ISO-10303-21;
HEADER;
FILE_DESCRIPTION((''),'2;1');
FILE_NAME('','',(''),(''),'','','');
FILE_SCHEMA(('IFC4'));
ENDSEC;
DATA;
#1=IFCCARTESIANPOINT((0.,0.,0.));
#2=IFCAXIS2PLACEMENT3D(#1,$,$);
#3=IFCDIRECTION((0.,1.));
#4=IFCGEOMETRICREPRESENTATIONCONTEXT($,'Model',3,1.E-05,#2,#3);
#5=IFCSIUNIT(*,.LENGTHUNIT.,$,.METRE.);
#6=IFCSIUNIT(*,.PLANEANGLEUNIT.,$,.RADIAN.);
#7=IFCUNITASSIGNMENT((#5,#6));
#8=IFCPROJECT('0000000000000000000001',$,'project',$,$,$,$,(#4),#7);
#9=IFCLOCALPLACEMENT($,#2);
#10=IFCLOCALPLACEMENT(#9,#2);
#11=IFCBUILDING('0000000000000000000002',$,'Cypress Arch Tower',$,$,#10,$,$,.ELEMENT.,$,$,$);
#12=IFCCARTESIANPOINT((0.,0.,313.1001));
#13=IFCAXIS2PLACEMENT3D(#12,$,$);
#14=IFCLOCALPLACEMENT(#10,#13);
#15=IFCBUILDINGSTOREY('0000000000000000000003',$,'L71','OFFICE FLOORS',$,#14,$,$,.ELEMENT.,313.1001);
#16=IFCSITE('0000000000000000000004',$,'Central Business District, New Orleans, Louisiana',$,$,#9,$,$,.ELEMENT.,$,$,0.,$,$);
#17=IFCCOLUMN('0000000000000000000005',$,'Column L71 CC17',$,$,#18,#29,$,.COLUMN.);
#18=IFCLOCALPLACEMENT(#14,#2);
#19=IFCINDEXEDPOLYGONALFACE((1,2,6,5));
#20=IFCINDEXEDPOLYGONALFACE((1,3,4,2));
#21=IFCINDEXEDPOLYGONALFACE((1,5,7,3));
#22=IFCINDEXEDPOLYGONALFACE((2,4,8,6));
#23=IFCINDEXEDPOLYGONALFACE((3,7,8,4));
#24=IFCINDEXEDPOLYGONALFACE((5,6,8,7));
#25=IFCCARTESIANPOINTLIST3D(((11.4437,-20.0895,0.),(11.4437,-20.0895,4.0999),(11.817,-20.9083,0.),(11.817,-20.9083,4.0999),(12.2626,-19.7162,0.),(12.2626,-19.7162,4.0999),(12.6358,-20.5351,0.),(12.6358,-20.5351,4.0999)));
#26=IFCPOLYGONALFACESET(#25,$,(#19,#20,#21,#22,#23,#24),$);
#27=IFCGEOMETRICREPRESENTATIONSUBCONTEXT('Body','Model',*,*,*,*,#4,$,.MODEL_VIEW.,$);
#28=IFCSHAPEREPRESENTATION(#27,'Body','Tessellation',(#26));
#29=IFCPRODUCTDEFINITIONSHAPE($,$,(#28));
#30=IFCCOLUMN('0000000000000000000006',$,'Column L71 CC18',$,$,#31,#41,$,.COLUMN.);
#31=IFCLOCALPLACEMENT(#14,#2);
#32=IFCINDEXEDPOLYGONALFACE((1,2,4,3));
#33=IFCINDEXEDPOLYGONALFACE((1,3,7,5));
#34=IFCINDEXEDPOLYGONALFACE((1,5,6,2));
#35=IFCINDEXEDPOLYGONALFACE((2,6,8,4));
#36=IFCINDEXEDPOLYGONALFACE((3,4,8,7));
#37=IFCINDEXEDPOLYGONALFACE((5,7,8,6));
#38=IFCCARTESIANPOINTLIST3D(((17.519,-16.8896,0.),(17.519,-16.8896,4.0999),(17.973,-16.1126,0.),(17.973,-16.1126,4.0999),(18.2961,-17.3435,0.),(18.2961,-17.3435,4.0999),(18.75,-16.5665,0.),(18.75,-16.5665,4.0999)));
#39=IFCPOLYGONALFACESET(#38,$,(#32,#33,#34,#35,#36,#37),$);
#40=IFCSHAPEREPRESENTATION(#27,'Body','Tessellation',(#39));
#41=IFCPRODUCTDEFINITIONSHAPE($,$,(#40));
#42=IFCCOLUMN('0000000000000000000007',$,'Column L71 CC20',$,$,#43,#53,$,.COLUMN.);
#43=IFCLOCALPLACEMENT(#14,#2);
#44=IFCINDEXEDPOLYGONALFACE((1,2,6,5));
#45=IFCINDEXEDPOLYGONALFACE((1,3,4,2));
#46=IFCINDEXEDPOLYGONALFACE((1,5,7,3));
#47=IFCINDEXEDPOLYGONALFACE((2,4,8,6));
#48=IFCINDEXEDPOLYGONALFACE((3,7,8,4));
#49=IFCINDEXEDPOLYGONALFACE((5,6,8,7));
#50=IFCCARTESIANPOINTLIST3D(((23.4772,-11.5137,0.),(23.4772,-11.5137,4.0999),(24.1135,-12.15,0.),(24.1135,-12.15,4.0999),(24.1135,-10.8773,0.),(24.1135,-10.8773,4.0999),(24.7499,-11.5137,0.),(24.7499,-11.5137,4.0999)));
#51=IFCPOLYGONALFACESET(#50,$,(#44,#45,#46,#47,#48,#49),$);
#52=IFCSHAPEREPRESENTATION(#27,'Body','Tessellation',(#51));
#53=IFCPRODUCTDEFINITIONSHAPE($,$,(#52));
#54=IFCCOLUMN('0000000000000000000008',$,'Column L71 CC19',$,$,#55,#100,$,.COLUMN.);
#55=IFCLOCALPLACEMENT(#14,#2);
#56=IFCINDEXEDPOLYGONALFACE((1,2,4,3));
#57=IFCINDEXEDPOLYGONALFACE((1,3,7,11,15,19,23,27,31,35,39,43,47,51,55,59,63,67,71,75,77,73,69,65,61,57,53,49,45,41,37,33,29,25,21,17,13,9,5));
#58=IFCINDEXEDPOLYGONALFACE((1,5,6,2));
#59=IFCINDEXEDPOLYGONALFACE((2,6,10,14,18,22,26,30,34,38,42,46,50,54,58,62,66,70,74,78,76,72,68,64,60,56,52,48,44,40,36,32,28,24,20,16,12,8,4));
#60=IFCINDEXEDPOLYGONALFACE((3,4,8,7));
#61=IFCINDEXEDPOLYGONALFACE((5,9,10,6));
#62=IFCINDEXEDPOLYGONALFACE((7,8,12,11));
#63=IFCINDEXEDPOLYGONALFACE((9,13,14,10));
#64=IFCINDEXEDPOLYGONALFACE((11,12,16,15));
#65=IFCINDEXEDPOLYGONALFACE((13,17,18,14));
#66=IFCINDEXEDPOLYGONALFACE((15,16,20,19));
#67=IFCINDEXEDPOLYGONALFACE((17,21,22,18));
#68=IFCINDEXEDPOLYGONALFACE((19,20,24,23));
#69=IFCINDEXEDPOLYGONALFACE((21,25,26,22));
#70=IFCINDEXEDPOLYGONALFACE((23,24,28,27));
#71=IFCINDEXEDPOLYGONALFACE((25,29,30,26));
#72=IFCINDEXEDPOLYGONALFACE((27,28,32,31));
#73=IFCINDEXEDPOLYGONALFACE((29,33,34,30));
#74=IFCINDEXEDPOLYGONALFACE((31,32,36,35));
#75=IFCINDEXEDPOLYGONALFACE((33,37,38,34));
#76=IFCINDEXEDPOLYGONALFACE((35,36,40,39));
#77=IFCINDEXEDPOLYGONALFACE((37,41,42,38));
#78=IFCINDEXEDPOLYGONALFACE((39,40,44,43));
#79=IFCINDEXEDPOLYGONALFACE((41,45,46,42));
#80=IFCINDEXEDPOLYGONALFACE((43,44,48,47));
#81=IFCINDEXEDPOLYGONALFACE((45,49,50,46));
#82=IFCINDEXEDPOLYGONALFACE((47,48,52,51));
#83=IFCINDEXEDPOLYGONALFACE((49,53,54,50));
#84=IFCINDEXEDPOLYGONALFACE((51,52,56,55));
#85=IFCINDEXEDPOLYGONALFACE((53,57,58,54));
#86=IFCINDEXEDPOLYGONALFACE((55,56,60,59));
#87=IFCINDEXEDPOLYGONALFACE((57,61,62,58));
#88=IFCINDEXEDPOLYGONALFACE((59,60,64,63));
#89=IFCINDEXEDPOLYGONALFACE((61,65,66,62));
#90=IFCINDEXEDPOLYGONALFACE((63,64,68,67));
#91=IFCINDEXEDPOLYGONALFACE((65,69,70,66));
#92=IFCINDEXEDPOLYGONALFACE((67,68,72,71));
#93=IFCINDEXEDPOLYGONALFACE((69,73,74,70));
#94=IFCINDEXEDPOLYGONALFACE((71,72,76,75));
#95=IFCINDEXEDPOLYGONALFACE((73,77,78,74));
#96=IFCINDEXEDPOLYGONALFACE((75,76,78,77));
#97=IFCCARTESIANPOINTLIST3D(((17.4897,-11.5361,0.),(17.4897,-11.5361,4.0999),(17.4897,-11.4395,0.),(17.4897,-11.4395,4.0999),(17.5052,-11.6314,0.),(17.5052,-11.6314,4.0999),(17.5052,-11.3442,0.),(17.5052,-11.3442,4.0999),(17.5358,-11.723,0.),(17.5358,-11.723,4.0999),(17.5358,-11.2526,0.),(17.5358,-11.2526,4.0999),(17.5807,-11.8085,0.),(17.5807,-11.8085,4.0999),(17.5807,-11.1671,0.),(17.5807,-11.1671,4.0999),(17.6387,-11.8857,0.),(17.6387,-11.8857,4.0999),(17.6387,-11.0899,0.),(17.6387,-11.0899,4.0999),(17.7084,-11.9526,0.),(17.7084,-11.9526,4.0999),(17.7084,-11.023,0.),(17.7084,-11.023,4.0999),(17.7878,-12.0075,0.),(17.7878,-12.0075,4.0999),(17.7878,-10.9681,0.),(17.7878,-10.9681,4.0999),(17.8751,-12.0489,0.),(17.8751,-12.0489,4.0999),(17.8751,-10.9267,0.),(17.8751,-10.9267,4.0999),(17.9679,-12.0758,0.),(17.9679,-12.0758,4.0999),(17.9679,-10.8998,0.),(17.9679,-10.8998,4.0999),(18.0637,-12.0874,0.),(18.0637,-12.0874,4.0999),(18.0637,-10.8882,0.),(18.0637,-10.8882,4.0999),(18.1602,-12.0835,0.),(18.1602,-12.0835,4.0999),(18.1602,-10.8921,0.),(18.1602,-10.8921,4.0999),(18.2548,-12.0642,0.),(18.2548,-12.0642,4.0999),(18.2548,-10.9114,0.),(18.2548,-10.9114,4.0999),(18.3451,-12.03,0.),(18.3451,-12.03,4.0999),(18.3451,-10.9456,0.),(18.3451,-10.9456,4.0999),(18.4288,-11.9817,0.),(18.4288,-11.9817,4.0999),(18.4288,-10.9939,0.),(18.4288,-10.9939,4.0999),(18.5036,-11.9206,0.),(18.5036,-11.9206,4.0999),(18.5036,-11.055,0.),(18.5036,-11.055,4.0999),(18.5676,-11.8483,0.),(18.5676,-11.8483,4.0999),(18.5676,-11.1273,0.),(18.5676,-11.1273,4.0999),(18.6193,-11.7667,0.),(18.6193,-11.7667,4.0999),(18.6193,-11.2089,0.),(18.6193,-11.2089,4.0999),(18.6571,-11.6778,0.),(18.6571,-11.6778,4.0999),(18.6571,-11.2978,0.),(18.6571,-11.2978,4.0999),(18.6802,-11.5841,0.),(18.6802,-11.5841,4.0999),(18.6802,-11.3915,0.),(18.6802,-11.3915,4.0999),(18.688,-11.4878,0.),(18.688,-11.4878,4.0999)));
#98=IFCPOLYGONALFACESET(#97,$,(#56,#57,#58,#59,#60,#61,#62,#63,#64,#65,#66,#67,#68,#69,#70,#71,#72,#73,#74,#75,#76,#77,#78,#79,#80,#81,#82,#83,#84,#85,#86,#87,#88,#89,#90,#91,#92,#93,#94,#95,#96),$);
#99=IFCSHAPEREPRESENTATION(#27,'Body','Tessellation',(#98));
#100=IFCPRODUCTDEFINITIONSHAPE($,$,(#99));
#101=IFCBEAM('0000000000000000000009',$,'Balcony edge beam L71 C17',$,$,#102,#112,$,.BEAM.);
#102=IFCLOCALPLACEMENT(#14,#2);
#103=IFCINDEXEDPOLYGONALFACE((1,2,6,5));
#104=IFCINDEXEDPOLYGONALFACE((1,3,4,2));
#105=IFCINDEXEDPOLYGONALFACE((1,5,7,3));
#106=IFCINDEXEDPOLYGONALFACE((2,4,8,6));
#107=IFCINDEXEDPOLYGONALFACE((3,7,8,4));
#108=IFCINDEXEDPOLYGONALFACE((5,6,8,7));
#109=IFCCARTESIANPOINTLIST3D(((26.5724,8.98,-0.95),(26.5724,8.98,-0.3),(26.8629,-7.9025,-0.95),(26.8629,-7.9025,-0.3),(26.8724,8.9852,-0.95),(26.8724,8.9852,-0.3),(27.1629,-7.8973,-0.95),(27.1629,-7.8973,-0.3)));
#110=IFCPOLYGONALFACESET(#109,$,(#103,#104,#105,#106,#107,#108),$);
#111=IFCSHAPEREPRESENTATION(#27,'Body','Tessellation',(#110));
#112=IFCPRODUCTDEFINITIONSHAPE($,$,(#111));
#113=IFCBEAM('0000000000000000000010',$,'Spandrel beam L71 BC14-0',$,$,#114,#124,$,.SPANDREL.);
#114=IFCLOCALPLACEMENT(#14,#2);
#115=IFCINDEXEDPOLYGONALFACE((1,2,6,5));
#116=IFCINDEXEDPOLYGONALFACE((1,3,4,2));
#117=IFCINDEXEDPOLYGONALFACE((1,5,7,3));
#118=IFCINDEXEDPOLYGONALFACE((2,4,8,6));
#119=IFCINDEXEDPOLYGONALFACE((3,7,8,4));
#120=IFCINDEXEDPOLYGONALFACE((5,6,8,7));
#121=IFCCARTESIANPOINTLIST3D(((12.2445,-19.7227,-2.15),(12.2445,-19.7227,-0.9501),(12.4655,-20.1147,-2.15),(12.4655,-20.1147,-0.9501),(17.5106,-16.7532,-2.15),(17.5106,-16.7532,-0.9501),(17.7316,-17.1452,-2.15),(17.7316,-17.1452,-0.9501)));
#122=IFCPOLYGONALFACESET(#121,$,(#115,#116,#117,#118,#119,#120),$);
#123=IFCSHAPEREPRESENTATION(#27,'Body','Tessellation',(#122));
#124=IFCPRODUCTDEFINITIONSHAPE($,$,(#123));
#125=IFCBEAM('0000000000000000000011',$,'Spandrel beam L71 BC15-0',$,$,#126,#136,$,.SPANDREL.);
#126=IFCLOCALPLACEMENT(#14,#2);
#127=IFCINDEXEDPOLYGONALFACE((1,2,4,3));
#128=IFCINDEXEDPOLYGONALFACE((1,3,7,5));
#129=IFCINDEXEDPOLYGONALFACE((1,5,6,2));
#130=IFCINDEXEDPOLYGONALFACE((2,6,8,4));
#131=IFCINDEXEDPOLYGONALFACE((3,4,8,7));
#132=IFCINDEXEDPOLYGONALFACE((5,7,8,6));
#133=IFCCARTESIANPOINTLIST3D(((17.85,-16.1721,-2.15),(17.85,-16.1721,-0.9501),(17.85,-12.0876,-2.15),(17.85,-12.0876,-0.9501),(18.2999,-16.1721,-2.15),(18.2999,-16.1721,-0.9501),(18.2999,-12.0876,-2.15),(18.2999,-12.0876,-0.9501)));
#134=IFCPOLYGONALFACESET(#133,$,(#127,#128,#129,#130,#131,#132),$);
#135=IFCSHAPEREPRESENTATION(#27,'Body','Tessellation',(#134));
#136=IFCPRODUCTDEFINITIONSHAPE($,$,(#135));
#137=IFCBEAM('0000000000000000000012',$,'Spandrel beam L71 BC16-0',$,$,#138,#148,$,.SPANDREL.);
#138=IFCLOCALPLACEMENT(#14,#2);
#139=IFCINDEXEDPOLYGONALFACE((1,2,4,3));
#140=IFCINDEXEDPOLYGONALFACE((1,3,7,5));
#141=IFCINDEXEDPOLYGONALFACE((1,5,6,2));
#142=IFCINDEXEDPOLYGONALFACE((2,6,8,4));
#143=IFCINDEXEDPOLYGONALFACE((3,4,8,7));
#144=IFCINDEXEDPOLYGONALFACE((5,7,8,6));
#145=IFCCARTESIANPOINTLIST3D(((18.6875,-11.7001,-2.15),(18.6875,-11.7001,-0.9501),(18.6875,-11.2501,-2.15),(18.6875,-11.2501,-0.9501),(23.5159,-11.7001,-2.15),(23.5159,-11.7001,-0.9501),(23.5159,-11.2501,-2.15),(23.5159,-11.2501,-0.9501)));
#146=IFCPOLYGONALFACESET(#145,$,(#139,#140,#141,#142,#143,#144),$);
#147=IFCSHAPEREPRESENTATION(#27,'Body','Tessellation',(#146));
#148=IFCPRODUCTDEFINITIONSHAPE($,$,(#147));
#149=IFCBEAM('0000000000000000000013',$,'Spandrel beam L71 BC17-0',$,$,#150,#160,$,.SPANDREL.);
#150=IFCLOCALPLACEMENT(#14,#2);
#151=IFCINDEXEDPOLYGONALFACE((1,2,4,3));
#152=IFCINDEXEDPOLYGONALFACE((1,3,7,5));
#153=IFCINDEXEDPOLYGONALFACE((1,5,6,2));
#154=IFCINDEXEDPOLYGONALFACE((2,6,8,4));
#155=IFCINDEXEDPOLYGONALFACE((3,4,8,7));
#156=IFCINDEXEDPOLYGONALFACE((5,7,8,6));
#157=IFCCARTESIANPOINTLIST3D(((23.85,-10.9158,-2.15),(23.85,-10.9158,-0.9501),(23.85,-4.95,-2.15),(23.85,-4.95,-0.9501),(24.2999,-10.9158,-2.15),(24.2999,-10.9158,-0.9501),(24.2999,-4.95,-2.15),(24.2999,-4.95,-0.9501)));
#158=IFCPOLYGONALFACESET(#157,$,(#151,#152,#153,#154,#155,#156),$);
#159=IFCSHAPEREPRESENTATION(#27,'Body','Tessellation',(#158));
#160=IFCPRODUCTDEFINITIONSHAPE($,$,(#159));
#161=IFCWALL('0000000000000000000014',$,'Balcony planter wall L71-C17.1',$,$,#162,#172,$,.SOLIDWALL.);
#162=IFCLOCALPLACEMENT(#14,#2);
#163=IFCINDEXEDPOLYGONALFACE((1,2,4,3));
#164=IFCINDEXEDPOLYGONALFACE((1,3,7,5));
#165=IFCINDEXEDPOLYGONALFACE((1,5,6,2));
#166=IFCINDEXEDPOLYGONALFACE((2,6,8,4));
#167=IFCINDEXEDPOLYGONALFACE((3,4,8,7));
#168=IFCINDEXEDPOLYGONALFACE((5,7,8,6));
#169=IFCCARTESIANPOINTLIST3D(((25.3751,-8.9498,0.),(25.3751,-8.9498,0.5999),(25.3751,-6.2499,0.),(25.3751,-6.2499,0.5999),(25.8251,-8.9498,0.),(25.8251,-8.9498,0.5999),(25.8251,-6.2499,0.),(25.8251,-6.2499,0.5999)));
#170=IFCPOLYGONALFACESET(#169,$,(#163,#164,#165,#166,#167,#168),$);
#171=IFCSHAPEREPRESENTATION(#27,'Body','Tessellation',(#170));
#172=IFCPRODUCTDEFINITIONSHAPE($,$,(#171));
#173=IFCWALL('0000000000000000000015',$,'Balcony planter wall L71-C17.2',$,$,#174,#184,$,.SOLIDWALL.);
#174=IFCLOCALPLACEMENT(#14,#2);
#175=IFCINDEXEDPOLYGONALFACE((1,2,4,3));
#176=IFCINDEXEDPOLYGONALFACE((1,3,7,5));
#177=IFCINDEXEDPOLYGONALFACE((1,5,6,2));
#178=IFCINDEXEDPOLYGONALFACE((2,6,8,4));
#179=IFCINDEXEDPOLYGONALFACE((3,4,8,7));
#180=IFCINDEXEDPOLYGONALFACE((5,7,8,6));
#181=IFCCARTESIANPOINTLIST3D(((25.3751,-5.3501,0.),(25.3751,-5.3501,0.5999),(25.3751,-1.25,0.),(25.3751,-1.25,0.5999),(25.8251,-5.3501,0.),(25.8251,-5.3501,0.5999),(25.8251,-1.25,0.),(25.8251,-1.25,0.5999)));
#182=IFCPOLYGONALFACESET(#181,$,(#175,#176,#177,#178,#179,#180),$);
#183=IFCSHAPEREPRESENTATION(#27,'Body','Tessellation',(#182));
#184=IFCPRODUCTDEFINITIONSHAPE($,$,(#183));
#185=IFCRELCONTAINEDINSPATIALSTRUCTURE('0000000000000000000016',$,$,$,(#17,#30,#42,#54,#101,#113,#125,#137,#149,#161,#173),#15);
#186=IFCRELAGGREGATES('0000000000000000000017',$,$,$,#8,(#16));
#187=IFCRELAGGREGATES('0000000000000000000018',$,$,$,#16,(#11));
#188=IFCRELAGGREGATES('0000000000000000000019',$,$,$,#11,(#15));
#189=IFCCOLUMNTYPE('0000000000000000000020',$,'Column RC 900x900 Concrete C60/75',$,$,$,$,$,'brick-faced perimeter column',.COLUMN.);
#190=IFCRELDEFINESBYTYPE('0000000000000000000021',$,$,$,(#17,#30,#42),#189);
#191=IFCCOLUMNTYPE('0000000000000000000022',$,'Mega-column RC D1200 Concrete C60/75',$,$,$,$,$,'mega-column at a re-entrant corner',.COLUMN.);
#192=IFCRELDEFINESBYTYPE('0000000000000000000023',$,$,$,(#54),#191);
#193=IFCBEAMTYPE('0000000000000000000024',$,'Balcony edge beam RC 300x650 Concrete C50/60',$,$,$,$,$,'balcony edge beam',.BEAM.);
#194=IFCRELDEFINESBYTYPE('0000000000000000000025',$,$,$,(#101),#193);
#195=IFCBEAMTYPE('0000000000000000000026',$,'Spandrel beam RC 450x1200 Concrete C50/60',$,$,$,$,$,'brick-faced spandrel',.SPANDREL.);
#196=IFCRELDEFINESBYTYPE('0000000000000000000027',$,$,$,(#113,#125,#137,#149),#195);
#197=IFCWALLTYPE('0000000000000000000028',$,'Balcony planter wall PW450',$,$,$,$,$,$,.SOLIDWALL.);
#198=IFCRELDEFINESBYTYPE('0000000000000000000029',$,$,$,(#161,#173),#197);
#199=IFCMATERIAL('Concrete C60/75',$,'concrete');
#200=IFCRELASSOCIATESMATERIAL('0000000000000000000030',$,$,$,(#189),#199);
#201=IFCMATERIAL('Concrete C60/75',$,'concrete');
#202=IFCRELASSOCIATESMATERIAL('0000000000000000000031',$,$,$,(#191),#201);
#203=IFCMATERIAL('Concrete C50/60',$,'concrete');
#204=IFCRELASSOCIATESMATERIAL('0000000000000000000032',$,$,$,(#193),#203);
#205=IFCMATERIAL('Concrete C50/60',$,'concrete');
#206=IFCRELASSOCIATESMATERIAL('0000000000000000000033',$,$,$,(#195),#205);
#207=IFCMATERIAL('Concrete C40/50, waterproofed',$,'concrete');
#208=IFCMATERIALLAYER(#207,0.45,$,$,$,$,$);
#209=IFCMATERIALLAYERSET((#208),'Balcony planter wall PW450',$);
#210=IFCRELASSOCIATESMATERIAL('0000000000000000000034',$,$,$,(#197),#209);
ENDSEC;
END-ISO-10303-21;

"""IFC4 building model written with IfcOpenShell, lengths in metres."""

from ifc_helpers import new_model, si_unit, direction, frame, frame_2d, origin, origin_2d, place, context, subcontext, project, spatial, rectangle, circle, extrude, material, layer, layer_set, material_profile, profile_set, type_object, element, save


model = new_model("IFC4")

# Units and contexts
model_context = context("Model", 3, precision=1e-05, world=origin(), true_north=direction((0.0, 1.0)))
body_context = subcontext(model_context, "Body", "Model", "MODEL_VIEW")
ifc_project = project(units=[si_unit("LENGTHUNIT", "METRE"), si_unit("PLANEANGLEUNIT", "RADIAN")], contexts=[model_context])

# Site, building, storey
site_placement = place(None, origin())
site = spatial("IfcSite", under=ifc_project, at=site_placement, Name="Central Business District, New Orleans, Louisiana", CompositionType="ELEMENT", RefElevation=0.0)
building_placement = place(site_placement, origin())
building = spatial("IfcBuilding", under=site, at=building_placement, Name="Cypress Arch Tower", CompositionType="ELEMENT")
storey_placement = place(building_placement, frame((0.0, 0.0, 313.1001)))
storey = spatial("IfcBuildingStorey", under=building, at=storey_placement, Name="L71", Description="OFFICE FLOORS", CompositionType="ELEMENT", Elevation=313.1001)

# Columns
ifc_material_1 = material(Name="Concrete C60/75", Category="concrete")
ifc_material_profile_1 = material_profile(ifc_material_1, rectangle(XDim=0.8999, YDim=0.8999, at=origin_2d()), Name="RC 900x900")
ifc_profile_set_1 = profile_set([ifc_material_profile_1], Name="Concrete C60/75")
column_type_1 = type_object("IfcColumnType", Name="Column RC 900x900 Concrete C60/75", ElementType="brick-faced perimeter column", PredefinedType="COLUMN", material=ifc_profile_set_1)
for number, where, z_axis, x_axis, name in (
    (1, (12.0398, -20.3123, 0.0), (0.0, 0.0, 1.0), (0.909932, 0.414757, 0.0), "Column L71 CC17"),
    (2, (18.1345, -16.728, 0.0), (0.0, 0.0, 1.0), (0.504399, 0.863471, 0.0), "Column L71 CC18"),
    (3, (24.1135, -11.5137, 0.0), (0.0, 0.0, 1.0), (0.707107, 0.707107, 0.0), "Column L71 CC20"),
):
    element("IfcColumn", number, at=place(storey_placement, frame(where, z_axis=z_axis, x_axis=x_axis)), inside=storey, type_object=column_type_1, Name=name, PredefinedType="COLUMN", context=body_context, shape_type="SweptSolid", body=[
        extrude(rectangle(XDim=0.8999, YDim=0.8999, at=origin_2d()), origin(), (0.0, 0.0, 1.0), 4.0999),
    ])
ifc_material_2 = material(Name="Concrete C60/75", Category="concrete")
ifc_material_profile_2 = material_profile(ifc_material_2, circle(Radius=0.6001, at=origin_2d()), Name="RC D1200")
ifc_profile_set_2 = profile_set([ifc_material_profile_2], Name="Concrete C60/75")
column_type_2 = type_object("IfcColumnType", Name="Mega-column RC D1200 Concrete C60/75", ElementType="mega-column at a re-entrant corner", PredefinedType="COLUMN", material=ifc_profile_set_2)
column_placement = place(storey_placement, frame((18.0879, -11.4878, 0.0), z_axis=(0.0, 0.0, 1.0), x_axis=(1.0, 0.0, 0.0)))
element("IfcColumn", 4, at=column_placement, inside=storey, type_object=column_type_2, Name="Column L71 CC19", PredefinedType="COLUMN", context=body_context, shape_type="SweptSolid", body=[
    extrude(circle(Radius=0.6001, at=origin_2d()), origin(), (0.0, 0.0, 1.0), 4.0999),
])

# Beams
ifc_material_3 = material(Name="Concrete C50/60", Category="concrete")
ifc_material_profile_3 = material_profile(ifc_material_3, rectangle(XDim=0.3, YDim=0.6499, at=origin_2d()), Name="RC 300x650")
ifc_profile_set_3 = profile_set([ifc_material_profile_3], Name="Concrete C50/60")
beam_type_1 = type_object("IfcBeamType", Name="Balcony edge beam RC 300x650 Concrete C50/60", ElementType="balcony edge beam", PredefinedType="BEAM", material=ifc_profile_set_3)
beam_1_placement = place(storey_placement, frame((27.0129, -7.8999, -0.625), z_axis=(-0.017206, 0.999852, 0.0), x_axis=(-0.999852, -0.017206, 0.0)))
element("IfcBeam", 5, at=beam_1_placement, inside=storey, type_object=beam_type_1, Name="Balcony edge beam L71 C17", PredefinedType="BEAM", context=body_context, shape_type="SweptSolid", body=[
    extrude(rectangle(XDim=0.3, YDim=0.6499, at=origin_2d()), origin(), (0.0, 0.0, 1.0), 16.885),
])
ifc_material_4 = material(Name="Concrete C50/60", Category="concrete")
ifc_material_profile_4 = material_profile(ifc_material_4, rectangle(XDim=0.45, YDim=1.2, at=origin_2d()), Name="RC 450x1200")
ifc_profile_set_4 = profile_set([ifc_material_profile_4], Name="Concrete C50/60")
beam_type_2 = type_object("IfcBeamType", Name="Spandrel beam RC 450x1200 Concrete C50/60", ElementType="brick-faced spandrel", PredefinedType="SPANDREL", material=ifc_profile_set_4)
beam_2_placement = place(storey_placement, frame((12.355, -19.9187, -1.55), z_axis=(0.87106, 0.491177, 0.0), x_axis=(-0.491177, 0.87106, 0.0)))
element("IfcBeam", 6, at=beam_2_placement, inside=storey, type_object=beam_type_2, Name="Spandrel beam L71 BC14-0", PredefinedType="SPANDREL", context=body_context, shape_type="SweptSolid", body=[
    extrude(rectangle(XDim=0.45, YDim=1.2, at=origin_2d()), origin(), (0.0, 0.0, 1.0), 6.0457),
])
beam_3_placement = place(storey_placement, frame((18.075, -16.1721, -1.55), z_axis=(0.0, 1.0, 0.0), x_axis=(-1.0, 0.0, 0.0)))
element("IfcBeam", 7, at=beam_3_placement, inside=storey, type_object=beam_type_2, Name="Spandrel beam L71 BC15-0", PredefinedType="SPANDREL", context=body_context, shape_type="SweptSolid", body=[
    extrude(rectangle(XDim=0.45, YDim=1.2, at=origin_2d()), origin(), (0.0, 0.0, 1.0), 4.0845),
])
beam_4_placement = place(storey_placement, frame((18.6875, -11.4751, -1.55), z_axis=(1.0, 0.0, 0.0), x_axis=(0.0, 1.0, 0.0)))
element("IfcBeam", 8, at=beam_4_placement, inside=storey, type_object=beam_type_2, Name="Spandrel beam L71 BC16-0", PredefinedType="SPANDREL", context=body_context, shape_type="SweptSolid", body=[
    extrude(rectangle(XDim=0.45, YDim=1.2, at=origin_2d()), origin(), (0.0, 0.0, 1.0), 4.8284),
])
beam_5_placement = place(storey_placement, frame((24.075, -10.9158, -1.55), z_axis=(0.0, 1.0, 0.0), x_axis=(-1.0, 0.0, 0.0)))
element("IfcBeam", 9, at=beam_5_placement, inside=storey, type_object=beam_type_2, Name="Spandrel beam L71 BC17-0", PredefinedType="SPANDREL", context=body_context, shape_type="SweptSolid", body=[
    extrude(rectangle(XDim=0.45, YDim=1.2, at=origin_2d()), origin(), (0.0, 0.0, 1.0), 5.9658),
])

# Walls
ifc_material_5 = material(Name="Concrete C40/50, waterproofed", Category="concrete")
ifc_layer_1 = layer(ifc_material_5, 0.45)
ifc_layer_set_1 = layer_set([ifc_layer_1], Name="Balcony planter wall PW450")
wall_type_1 = type_object("IfcWallType", Name="Balcony planter wall PW450", PredefinedType="SOLIDWALL", material=ifc_layer_set_1)
wall_1_placement = place(storey_placement, frame((25.6001, -8.95, 0.0), z_axis=(0.0, 0.0, 1.0), x_axis=(0.0, 1.0, 0.0)))
element("IfcWall", 10, at=wall_1_placement, inside=storey, type_object=wall_type_1, Name="Balcony planter wall L71-C17.1", PredefinedType="SOLIDWALL", context=body_context, shape_type="SweptSolid", body=[
    extrude(rectangle(XDim=2.7, YDim=0.45, at=frame_2d((1.3501, 0.0))), origin(), (0.0, 0.0, 1.0), 0.5999),
])
wall_2_placement = place(storey_placement, frame((25.6001, -5.3501, 0.0), z_axis=(0.0, 0.0, 1.0), x_axis=(0.0, 1.0, 0.0)))
element("IfcWall", 11, at=wall_2_placement, inside=storey, type_object=wall_type_1, Name="Balcony planter wall L71-C17.2", PredefinedType="SOLIDWALL", context=body_context, shape_type="SweptSolid", body=[
    extrude(rectangle(XDim=4.1001, YDim=0.45, at=frame_2d((2.05, 0.0))), origin(), (0.0, 0.0, 1.0), 0.5999),
])

save(model, "model.ifc")
